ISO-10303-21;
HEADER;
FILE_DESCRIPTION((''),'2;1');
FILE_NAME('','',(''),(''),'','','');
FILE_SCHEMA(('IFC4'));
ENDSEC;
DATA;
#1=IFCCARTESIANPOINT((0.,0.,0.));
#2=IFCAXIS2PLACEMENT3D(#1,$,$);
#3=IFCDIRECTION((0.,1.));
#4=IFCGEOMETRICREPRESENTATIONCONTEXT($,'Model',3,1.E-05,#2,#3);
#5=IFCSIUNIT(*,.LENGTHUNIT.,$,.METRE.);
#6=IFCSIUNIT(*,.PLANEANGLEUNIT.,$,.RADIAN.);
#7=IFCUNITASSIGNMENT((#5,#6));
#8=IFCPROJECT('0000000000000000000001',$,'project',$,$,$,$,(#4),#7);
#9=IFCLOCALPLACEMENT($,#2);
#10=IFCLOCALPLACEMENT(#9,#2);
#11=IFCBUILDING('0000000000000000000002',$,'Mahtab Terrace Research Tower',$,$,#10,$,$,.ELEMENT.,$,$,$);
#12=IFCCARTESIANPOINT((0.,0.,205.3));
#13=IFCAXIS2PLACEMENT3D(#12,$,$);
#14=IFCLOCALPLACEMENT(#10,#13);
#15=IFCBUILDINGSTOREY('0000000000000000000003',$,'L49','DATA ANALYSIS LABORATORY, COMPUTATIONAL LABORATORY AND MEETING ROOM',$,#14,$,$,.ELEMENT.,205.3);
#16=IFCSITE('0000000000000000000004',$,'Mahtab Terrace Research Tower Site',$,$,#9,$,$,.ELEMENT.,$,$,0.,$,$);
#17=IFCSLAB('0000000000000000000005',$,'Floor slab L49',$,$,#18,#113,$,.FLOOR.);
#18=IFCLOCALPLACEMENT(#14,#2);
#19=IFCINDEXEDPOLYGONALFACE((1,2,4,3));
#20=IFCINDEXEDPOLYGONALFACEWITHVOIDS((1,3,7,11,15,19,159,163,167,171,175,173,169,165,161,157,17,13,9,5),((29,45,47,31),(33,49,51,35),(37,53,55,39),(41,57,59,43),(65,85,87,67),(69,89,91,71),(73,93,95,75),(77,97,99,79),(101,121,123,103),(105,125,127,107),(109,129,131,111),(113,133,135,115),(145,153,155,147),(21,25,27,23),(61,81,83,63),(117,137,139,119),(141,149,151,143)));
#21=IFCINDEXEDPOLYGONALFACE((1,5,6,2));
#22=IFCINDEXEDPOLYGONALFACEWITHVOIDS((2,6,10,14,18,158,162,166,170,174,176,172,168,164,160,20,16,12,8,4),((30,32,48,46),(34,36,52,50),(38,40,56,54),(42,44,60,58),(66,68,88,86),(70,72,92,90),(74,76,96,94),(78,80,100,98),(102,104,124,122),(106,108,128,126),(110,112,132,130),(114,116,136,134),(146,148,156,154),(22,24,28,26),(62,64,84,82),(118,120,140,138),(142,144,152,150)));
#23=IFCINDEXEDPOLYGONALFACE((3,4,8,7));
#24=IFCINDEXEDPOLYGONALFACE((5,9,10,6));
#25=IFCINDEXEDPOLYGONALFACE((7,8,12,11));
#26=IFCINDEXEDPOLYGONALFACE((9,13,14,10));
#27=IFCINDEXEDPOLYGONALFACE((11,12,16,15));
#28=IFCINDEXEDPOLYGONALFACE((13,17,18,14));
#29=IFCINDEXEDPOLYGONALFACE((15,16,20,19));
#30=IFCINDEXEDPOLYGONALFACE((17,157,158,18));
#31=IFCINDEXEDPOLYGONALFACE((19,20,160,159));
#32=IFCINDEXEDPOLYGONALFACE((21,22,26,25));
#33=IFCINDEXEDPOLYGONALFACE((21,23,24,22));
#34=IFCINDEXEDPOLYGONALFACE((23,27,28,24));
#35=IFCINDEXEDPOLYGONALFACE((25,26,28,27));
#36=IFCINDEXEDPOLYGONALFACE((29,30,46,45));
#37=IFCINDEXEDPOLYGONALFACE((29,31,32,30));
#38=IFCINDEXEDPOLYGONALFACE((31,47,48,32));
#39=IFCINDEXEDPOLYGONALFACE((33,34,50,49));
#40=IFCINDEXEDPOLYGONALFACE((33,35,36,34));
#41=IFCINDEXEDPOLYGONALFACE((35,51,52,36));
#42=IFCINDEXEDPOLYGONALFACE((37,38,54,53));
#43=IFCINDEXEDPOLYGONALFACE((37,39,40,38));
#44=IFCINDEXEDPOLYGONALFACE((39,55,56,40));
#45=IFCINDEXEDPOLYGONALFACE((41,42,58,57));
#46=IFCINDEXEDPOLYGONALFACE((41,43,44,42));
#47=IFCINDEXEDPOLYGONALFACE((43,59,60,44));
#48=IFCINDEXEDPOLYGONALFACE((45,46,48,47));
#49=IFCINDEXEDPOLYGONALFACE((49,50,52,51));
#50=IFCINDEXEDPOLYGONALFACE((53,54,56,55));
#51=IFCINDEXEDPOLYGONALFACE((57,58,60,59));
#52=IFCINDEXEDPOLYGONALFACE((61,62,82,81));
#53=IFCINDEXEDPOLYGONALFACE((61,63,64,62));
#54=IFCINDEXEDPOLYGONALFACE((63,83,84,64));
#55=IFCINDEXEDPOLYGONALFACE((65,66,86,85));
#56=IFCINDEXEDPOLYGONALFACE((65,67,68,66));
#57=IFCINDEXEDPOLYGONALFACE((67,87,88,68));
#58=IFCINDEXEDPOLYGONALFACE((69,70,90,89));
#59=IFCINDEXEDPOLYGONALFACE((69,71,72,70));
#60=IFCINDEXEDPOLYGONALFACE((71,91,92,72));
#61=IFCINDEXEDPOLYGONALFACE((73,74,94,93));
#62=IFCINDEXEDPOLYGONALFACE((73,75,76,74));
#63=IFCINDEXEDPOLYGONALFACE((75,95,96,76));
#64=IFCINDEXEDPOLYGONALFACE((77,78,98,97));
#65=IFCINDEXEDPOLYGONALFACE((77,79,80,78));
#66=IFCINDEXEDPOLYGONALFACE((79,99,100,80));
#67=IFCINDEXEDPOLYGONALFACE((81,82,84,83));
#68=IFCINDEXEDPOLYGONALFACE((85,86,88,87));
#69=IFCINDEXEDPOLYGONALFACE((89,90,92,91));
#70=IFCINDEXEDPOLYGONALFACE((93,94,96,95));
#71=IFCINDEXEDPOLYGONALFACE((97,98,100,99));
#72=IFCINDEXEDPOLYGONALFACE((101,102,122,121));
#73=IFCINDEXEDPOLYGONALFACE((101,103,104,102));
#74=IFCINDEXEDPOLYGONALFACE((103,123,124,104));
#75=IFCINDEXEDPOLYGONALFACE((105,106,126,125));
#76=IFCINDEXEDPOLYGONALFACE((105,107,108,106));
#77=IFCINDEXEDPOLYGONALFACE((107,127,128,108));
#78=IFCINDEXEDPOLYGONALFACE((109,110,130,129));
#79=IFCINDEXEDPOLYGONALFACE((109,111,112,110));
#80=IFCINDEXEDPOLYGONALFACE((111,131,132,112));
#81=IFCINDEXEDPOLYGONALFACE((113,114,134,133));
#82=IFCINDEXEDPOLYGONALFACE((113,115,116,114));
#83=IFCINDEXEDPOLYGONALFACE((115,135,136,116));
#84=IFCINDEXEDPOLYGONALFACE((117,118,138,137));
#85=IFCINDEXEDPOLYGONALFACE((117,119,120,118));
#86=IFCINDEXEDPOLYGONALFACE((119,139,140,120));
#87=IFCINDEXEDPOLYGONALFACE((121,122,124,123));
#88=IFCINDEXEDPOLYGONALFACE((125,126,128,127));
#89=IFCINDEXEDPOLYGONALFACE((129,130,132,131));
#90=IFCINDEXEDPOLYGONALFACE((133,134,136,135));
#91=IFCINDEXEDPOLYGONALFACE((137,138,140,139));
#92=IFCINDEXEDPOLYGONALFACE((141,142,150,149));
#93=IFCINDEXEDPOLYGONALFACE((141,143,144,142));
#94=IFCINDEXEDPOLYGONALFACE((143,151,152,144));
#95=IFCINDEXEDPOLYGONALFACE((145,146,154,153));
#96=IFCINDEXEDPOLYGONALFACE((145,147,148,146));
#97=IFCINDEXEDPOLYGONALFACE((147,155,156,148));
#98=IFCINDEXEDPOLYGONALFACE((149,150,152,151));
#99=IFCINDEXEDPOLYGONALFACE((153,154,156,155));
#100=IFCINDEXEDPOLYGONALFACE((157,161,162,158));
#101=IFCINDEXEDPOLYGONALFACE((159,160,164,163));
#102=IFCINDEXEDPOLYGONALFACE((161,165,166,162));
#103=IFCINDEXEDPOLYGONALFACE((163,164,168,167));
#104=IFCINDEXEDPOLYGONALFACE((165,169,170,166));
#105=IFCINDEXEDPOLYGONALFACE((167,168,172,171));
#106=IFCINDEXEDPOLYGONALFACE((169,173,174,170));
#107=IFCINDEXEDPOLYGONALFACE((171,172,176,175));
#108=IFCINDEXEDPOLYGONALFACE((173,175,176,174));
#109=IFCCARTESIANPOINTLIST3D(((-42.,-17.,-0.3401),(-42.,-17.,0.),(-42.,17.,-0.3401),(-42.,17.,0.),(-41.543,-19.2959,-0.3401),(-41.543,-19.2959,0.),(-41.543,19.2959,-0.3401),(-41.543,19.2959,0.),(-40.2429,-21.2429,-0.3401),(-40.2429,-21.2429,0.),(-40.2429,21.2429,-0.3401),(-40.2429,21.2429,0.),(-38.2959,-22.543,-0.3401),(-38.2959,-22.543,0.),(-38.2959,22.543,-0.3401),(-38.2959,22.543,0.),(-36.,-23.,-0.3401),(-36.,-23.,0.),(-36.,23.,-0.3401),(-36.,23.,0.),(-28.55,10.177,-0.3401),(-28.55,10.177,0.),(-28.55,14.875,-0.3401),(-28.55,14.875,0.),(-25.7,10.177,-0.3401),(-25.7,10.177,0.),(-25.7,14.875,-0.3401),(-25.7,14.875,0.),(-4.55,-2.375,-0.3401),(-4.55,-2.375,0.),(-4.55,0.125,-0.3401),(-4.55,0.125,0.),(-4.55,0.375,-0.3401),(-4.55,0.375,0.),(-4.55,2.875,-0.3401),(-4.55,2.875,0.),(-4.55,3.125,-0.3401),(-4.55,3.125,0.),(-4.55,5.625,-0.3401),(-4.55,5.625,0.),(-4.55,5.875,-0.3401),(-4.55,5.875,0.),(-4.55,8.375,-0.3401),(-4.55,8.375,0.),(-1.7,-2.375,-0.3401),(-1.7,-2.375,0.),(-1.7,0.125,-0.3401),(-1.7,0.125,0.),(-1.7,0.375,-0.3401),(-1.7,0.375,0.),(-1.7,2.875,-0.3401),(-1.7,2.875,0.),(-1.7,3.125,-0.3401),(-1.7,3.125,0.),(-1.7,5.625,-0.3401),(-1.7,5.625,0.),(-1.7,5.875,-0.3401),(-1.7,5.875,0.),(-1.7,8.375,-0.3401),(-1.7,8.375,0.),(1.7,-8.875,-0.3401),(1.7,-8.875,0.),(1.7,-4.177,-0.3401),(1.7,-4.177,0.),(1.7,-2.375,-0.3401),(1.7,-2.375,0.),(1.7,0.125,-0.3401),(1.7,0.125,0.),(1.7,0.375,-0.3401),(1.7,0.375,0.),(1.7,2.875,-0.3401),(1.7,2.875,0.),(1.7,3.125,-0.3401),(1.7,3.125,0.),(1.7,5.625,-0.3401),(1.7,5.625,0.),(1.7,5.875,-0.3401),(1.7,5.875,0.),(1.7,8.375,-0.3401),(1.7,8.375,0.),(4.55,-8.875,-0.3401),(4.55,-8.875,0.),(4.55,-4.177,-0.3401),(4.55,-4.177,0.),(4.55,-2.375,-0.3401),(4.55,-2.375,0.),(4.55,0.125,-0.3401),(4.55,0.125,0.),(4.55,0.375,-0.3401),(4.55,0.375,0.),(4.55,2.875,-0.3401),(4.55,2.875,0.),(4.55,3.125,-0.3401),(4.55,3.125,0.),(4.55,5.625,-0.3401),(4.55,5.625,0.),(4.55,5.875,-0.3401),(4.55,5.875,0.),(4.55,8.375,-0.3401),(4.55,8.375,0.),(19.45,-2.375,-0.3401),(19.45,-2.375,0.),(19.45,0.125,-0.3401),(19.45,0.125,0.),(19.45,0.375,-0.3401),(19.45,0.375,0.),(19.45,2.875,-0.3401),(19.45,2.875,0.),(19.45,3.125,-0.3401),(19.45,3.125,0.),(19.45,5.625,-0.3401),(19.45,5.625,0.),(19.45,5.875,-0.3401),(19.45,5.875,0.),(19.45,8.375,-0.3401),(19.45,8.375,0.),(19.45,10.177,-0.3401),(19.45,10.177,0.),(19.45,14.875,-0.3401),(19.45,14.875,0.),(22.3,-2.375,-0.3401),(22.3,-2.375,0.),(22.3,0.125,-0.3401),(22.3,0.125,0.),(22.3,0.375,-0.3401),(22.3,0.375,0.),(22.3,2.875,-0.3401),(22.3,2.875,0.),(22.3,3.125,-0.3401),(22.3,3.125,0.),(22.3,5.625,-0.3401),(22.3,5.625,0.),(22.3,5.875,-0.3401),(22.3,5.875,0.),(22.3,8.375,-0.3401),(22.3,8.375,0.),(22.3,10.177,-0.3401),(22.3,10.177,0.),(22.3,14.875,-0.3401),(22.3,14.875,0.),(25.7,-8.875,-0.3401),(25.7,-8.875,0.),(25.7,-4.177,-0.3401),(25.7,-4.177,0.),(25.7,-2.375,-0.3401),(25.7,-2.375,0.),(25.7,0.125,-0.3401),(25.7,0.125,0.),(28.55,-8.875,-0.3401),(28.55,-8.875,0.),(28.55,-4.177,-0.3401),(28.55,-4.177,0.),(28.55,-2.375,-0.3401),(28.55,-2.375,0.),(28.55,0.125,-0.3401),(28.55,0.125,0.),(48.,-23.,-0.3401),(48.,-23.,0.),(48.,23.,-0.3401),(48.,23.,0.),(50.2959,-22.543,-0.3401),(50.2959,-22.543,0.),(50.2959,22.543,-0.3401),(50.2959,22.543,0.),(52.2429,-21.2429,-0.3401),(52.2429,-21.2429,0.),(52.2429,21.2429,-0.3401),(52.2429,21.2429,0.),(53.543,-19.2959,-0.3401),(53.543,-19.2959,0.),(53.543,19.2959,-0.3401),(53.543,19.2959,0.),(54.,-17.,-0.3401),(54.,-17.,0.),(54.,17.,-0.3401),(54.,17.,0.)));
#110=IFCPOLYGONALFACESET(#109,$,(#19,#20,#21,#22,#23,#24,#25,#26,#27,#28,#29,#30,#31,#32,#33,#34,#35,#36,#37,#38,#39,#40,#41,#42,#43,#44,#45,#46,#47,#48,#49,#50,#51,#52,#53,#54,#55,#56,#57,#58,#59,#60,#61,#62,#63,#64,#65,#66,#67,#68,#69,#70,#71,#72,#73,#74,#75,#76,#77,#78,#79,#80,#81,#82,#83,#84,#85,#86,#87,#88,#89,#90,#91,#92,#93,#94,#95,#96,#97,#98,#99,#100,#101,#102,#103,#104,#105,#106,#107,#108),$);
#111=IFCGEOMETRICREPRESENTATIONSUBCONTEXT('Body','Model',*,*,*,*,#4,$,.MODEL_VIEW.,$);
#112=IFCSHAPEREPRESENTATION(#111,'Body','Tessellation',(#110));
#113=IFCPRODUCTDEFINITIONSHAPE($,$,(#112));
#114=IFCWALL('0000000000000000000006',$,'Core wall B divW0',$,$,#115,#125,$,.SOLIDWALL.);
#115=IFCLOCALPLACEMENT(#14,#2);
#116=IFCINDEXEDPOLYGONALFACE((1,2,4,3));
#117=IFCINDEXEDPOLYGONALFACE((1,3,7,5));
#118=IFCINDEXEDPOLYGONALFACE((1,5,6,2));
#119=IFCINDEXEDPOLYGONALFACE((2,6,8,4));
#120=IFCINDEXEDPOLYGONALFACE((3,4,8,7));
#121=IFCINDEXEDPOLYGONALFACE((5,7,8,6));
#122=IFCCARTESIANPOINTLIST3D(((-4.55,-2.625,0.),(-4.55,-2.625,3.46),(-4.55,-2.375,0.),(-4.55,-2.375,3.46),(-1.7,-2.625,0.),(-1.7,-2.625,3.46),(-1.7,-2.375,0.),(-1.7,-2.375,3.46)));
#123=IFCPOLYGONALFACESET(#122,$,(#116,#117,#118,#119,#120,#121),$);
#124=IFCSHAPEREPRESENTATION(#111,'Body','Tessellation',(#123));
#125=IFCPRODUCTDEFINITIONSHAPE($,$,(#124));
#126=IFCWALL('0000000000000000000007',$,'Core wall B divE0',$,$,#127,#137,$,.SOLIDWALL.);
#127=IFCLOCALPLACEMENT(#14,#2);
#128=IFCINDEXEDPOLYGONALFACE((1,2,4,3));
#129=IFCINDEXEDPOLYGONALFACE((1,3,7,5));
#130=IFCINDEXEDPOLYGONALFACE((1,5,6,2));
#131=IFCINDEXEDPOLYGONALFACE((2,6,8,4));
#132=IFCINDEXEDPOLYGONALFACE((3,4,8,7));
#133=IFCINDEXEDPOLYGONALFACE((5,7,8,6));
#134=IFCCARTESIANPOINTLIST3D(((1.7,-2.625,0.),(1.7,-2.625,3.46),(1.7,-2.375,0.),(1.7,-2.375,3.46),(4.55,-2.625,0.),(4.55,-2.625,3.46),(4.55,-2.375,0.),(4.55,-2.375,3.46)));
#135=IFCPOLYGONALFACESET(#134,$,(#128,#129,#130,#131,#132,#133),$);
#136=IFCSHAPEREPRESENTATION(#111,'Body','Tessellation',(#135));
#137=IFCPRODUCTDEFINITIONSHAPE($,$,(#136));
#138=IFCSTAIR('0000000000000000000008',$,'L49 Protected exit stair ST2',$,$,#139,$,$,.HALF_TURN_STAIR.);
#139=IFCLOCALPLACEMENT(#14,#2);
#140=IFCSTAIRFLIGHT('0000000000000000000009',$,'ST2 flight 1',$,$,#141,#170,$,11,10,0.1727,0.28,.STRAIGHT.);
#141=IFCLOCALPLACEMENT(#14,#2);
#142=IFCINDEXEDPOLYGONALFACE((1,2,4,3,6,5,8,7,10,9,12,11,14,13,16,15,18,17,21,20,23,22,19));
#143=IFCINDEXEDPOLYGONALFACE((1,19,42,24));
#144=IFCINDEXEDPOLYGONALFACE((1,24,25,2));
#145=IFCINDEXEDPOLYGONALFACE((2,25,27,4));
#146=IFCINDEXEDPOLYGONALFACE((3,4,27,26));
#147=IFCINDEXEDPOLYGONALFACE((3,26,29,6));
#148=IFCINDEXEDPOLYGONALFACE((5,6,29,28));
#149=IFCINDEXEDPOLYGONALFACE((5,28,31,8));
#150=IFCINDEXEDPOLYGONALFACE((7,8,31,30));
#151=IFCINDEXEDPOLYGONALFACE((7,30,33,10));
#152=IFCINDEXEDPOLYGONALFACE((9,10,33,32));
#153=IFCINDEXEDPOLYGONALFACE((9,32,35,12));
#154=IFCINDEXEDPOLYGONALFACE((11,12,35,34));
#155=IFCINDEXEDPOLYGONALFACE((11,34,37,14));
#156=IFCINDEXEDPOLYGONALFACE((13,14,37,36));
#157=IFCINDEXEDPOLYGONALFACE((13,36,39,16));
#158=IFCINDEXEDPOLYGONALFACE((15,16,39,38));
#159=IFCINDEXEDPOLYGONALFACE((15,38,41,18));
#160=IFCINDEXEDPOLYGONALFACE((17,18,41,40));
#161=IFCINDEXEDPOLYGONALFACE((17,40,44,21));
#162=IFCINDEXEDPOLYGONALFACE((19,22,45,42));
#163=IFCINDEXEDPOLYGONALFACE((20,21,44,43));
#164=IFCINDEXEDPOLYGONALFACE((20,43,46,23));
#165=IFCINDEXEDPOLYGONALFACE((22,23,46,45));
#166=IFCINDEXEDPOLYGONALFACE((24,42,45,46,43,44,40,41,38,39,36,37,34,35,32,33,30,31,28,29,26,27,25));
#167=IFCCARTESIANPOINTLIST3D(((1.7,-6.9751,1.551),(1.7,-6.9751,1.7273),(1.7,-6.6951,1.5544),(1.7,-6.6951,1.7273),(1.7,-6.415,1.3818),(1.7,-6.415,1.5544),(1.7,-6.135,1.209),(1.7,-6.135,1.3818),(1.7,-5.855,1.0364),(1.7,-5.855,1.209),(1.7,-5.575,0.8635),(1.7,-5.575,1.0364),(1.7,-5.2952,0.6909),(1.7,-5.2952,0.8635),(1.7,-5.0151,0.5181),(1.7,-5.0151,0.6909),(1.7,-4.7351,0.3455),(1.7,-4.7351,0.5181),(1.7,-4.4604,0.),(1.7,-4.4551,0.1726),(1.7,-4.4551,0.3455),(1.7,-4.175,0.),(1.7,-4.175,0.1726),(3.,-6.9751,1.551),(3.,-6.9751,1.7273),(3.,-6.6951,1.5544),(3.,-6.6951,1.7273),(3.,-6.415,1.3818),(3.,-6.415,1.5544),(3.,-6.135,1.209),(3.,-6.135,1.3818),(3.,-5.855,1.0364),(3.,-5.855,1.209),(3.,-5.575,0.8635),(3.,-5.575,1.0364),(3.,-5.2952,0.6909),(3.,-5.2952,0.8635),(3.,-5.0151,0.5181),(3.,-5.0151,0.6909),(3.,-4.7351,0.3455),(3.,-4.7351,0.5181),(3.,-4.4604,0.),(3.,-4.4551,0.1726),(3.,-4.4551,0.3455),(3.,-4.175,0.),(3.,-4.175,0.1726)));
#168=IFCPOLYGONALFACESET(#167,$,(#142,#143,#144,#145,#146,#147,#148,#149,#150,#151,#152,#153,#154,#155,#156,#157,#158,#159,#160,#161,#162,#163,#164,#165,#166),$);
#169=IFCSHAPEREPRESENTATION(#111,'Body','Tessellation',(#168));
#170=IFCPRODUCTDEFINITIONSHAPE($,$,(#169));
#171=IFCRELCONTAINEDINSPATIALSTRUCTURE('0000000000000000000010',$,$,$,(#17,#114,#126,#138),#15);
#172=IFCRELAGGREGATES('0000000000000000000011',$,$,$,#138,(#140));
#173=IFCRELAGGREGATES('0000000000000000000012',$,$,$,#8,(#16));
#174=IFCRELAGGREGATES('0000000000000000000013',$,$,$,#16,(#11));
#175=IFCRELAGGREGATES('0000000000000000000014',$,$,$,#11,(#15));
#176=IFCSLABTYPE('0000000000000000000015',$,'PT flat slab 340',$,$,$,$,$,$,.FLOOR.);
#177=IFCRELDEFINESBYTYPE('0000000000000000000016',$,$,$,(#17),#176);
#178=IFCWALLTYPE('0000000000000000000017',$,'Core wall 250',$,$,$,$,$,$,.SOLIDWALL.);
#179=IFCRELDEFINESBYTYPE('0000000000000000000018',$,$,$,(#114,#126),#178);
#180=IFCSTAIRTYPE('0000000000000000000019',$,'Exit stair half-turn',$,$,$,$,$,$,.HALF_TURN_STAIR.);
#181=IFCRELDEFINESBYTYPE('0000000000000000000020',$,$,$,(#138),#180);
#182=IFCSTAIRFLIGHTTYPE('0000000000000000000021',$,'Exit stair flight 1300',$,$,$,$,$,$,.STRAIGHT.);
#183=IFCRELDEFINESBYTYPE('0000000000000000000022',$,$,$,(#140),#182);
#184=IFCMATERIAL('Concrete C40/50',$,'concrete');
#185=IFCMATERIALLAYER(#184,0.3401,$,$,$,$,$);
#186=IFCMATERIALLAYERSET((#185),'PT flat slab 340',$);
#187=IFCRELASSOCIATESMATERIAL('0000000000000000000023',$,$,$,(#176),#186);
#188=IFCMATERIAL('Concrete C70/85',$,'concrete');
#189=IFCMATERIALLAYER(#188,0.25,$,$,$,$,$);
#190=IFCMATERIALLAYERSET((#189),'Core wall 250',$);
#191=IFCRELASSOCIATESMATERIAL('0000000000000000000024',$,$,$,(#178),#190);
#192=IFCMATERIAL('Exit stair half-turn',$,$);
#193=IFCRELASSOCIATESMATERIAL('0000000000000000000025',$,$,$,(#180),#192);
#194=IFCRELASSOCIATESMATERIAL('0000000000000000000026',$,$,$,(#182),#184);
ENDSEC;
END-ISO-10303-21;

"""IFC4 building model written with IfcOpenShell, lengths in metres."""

from ifc_helpers import new_model, si_unit, direction, frame, frame_2d, origin, place, context, subcontext, project, spatial, polyline, rectangle, outline, extrude, material, layer, layer_set, type_object, element, aggregate, save


model = new_model("IFC4")

# Units and contexts
model_context = context("Model", 3, precision=1e-05, world=origin(), true_north=direction((0.0, 1.0)))
body_context = subcontext(model_context, "Body", "Model", "MODEL_VIEW")
ifc_project = project(units=[si_unit("LENGTHUNIT", "METRE"), si_unit("PLANEANGLEUNIT", "RADIAN")], contexts=[model_context])

# Site, building, storey
site_placement = place(None, origin())
site = spatial("IfcSite", under=ifc_project, at=site_placement, Name="Mahtab Terrace Research Tower Site", CompositionType="ELEMENT", RefElevation=0.0)
building_placement = place(site_placement, origin())
building = spatial("IfcBuilding", under=site, at=building_placement, Name="Mahtab Terrace Research Tower", CompositionType="ELEMENT")
storey_placement = place(building_placement, frame((0.0, 0.0, 205.3)))
storey = spatial("IfcBuildingStorey", under=building, at=storey_placement, Name="L49", Description="DATA ANALYSIS LABORATORY, COMPUTATIONAL LABORATORY AND MEETING ROOM", CompositionType="ELEMENT", Elevation=205.3)

# Slab
ifc_material_1 = material(Name="Concrete C40/50", Category="concrete")
ifc_layer_1 = layer(ifc_material_1, 0.3401)
ifc_layer_set_1 = layer_set([ifc_layer_1], Name="PT flat slab 340")
slab_type = type_object("IfcSlabType", Name="PT flat slab 340", PredefinedType="FLOOR", material=ifc_layer_set_1)
slab_placement = place(storey_placement, frame((0.0, 0.0, -0.3401)))
element("IfcSlab", 1, at=slab_placement, inside=storey, type_object=slab_type, Name="Floor slab L49", PredefinedType="FLOOR", context=body_context, shape_type="SweptSolid", body=[
    extrude(outline(polyline([(53.543, 19.2959), (52.2429, 21.2429), (50.2959, 22.543), (48.0, 23.0), (-36.0, 23.0), (-38.2959, 22.543), (-40.2429, 21.2429), (-41.543, 19.2959), (-42.0, 17.0), (-42.0, -17.0), (-41.543, -19.2959), (-40.2429, -21.2429), (-38.2959, -22.543), (-36.0, -23.0), (48.0, -23.0), (50.2959, -22.543), (52.2429, -21.2429), (53.543, -19.2959), (54.0, -17.0), (54.0, 17.0), (53.543, 19.2959)]), holes=[polyline([(-4.55, -2.375), (-4.55, 0.125), (-1.7, 0.125), (-1.7, -2.375), (-4.55, -2.375)]), polyline([(1.7, -2.375), (1.7, 0.125), (4.55, 0.125), (4.55, -2.375), (1.7, -2.375)]), polyline([(-4.55, 0.375), (-4.55, 2.875), (-1.7, 2.875), (-1.7, 0.375), (-4.55, 0.375)]), polyline([(1.7, 0.375), (1.7, 2.875), (4.55, 2.875), (4.55, 0.375), (1.7, 0.375)]), polyline([(-4.55, 3.125), (-4.55, 5.625), (-1.7, 5.625), (-1.7, 3.125), (-4.55, 3.125)]), polyline([(1.7, 3.125), (1.7, 5.625), (4.55, 5.625), (4.55, 3.125), (1.7, 3.125)]), polyline([(-4.55, 5.875), (-4.55, 8.375), (-1.7, 8.375), (-1.7, 5.875), (-4.55, 5.875)]), polyline([(1.7, 5.875), (1.7, 8.375), (4.55, 8.375), (4.55, 5.875), (1.7, 5.875)]), polyline([(-28.55, 10.177), (-28.55, 14.875), (-25.7, 14.875), (-25.7, 10.177), (-28.55, 10.177)]), polyline([(1.7, -8.875), (1.7, -4.177), (4.55, -4.177), (4.55, -8.875), (1.7, -8.875)]), polyline([(25.7, -8.875), (25.7, -4.177), (28.55, -4.177), (28.55, -8.875), (25.7, -8.875)]), polyline([(19.45, -2.375), (19.45, 0.125), (22.3, 0.125), (22.3, -2.375), (19.45, -2.375)]), polyline([(25.7, -2.375), (25.7, 0.125), (28.55, 0.125), (28.55, -2.375), (25.7, -2.375)]), polyline([(19.45, 0.375), (19.45, 2.875), (22.3, 2.875), (22.3, 0.375), (19.45, 0.375)]), polyline([(19.45, 3.125), (19.45, 5.625), (22.3, 5.625), (22.3, 3.125), (19.45, 3.125)]), polyline([(19.45, 8.375), (22.3, 8.375), (22.3, 5.875), (19.45, 5.875), (19.45, 8.375)]), polyline([(19.45, 14.875), (22.3, 14.875), (22.3, 10.177), (19.45, 10.177), (19.45, 14.875)])]), origin(), (0.0, 0.0, 1.0), 0.3401),
])

# Walls
ifc_material_2 = material(Name="Concrete C70/85", Category="concrete")
ifc_layer_2 = layer(ifc_material_2, 0.25)
ifc_layer_set_2 = layer_set([ifc_layer_2], Name="Core wall 250")
wall_type = type_object("IfcWallType", Name="Core wall 250", PredefinedType="SOLIDWALL", material=ifc_layer_set_2)
for number, where, z_axis, x_axis, name in (
    (2, (-4.55, -2.5, 0.0), (0.0, 0.0, 1.0), (1.0, 0.0, 0.0), "Core wall B divW0"),
    (3, (1.7, -2.5, 0.0), (0.0, 0.0, 1.0), (1.0, 0.0, 0.0), "Core wall B divE0"),
):
    element("IfcWall", number, at=place(storey_placement, frame(where, z_axis=z_axis, x_axis=x_axis)), inside=storey, type_object=wall_type, Name=name, PredefinedType="SOLIDWALL", context=body_context, shape_type="SweptSolid", body=[
        extrude(rectangle(XDim=2.8501, YDim=0.25, at=frame_2d((1.425, 0.0))), origin(), (0.0, 0.0, 1.0), 3.46),
    ])

# Stair, stair flight
ifc_material_3 = material(Name="Exit stair half-turn")
stair_type = type_object("IfcStairType", Name="Exit stair half-turn", PredefinedType="HALF_TURN_STAIR", material=ifc_material_3)
stair_placement = place(storey_placement, origin())
stair = element("IfcStair", 4, at=stair_placement, inside=storey, type_object=stair_type, Name="L49 Protected exit stair ST2", PredefinedType="HALF_TURN_STAIR")
stair_flight_type = type_object("IfcStairFlightType", Name="Exit stair flight 1300", PredefinedType="STRAIGHT", material=ifc_material_1)
stair_flight_1_placement = place(storey_placement, frame((2.3501, -4.175, 0.0), z_axis=(0.0, 0.0, 1.0), x_axis=(0.0, -1.0, 0.0)))
stair_flight_1 = element("IfcStairFlight", 5, at=stair_flight_1_placement, type_object=stair_flight_type, Name="ST2 flight 1", NumberOfRisers=11, NumberOfTreads=10, PredefinedType="STRAIGHT", RiserHeight=0.1727, TreadLength=0.28, context=body_context, shape_type="SweptSolid", body=[
    extrude(outline(polyline([(0.0, 0.0), (0.0, 0.1726), (0.28, 0.1726), (0.28, 0.3455), (0.5601, 0.3455), (0.5601, 0.5181), (0.8401, 0.5181), (0.8401, 0.6909), (1.1201, 0.6909), (1.1201, 0.8635), (1.3999, 0.8635), (1.3999, 1.0364), (1.6799, 1.0364), (1.6799, 1.209), (1.96, 1.209), (1.96, 1.3818), (2.24, 1.3818), (2.24, 1.5544), (2.52, 1.5544), (2.52, 1.7273), (2.8, 1.7273), (2.8, 1.8999), (2.8, 1.551), (0.2854, 0.0), (0.0, 0.0)])), frame((0.0, 0.6499, 0.0), z_axis=(0.0, -1.0, 0.0), x_axis=(1.0, 0.0, 0.0)), (0.0, 0.0, 1.0), 1.3),
])
aggregate(stair, [stair_flight_1])

save(model, "model.ifc")
